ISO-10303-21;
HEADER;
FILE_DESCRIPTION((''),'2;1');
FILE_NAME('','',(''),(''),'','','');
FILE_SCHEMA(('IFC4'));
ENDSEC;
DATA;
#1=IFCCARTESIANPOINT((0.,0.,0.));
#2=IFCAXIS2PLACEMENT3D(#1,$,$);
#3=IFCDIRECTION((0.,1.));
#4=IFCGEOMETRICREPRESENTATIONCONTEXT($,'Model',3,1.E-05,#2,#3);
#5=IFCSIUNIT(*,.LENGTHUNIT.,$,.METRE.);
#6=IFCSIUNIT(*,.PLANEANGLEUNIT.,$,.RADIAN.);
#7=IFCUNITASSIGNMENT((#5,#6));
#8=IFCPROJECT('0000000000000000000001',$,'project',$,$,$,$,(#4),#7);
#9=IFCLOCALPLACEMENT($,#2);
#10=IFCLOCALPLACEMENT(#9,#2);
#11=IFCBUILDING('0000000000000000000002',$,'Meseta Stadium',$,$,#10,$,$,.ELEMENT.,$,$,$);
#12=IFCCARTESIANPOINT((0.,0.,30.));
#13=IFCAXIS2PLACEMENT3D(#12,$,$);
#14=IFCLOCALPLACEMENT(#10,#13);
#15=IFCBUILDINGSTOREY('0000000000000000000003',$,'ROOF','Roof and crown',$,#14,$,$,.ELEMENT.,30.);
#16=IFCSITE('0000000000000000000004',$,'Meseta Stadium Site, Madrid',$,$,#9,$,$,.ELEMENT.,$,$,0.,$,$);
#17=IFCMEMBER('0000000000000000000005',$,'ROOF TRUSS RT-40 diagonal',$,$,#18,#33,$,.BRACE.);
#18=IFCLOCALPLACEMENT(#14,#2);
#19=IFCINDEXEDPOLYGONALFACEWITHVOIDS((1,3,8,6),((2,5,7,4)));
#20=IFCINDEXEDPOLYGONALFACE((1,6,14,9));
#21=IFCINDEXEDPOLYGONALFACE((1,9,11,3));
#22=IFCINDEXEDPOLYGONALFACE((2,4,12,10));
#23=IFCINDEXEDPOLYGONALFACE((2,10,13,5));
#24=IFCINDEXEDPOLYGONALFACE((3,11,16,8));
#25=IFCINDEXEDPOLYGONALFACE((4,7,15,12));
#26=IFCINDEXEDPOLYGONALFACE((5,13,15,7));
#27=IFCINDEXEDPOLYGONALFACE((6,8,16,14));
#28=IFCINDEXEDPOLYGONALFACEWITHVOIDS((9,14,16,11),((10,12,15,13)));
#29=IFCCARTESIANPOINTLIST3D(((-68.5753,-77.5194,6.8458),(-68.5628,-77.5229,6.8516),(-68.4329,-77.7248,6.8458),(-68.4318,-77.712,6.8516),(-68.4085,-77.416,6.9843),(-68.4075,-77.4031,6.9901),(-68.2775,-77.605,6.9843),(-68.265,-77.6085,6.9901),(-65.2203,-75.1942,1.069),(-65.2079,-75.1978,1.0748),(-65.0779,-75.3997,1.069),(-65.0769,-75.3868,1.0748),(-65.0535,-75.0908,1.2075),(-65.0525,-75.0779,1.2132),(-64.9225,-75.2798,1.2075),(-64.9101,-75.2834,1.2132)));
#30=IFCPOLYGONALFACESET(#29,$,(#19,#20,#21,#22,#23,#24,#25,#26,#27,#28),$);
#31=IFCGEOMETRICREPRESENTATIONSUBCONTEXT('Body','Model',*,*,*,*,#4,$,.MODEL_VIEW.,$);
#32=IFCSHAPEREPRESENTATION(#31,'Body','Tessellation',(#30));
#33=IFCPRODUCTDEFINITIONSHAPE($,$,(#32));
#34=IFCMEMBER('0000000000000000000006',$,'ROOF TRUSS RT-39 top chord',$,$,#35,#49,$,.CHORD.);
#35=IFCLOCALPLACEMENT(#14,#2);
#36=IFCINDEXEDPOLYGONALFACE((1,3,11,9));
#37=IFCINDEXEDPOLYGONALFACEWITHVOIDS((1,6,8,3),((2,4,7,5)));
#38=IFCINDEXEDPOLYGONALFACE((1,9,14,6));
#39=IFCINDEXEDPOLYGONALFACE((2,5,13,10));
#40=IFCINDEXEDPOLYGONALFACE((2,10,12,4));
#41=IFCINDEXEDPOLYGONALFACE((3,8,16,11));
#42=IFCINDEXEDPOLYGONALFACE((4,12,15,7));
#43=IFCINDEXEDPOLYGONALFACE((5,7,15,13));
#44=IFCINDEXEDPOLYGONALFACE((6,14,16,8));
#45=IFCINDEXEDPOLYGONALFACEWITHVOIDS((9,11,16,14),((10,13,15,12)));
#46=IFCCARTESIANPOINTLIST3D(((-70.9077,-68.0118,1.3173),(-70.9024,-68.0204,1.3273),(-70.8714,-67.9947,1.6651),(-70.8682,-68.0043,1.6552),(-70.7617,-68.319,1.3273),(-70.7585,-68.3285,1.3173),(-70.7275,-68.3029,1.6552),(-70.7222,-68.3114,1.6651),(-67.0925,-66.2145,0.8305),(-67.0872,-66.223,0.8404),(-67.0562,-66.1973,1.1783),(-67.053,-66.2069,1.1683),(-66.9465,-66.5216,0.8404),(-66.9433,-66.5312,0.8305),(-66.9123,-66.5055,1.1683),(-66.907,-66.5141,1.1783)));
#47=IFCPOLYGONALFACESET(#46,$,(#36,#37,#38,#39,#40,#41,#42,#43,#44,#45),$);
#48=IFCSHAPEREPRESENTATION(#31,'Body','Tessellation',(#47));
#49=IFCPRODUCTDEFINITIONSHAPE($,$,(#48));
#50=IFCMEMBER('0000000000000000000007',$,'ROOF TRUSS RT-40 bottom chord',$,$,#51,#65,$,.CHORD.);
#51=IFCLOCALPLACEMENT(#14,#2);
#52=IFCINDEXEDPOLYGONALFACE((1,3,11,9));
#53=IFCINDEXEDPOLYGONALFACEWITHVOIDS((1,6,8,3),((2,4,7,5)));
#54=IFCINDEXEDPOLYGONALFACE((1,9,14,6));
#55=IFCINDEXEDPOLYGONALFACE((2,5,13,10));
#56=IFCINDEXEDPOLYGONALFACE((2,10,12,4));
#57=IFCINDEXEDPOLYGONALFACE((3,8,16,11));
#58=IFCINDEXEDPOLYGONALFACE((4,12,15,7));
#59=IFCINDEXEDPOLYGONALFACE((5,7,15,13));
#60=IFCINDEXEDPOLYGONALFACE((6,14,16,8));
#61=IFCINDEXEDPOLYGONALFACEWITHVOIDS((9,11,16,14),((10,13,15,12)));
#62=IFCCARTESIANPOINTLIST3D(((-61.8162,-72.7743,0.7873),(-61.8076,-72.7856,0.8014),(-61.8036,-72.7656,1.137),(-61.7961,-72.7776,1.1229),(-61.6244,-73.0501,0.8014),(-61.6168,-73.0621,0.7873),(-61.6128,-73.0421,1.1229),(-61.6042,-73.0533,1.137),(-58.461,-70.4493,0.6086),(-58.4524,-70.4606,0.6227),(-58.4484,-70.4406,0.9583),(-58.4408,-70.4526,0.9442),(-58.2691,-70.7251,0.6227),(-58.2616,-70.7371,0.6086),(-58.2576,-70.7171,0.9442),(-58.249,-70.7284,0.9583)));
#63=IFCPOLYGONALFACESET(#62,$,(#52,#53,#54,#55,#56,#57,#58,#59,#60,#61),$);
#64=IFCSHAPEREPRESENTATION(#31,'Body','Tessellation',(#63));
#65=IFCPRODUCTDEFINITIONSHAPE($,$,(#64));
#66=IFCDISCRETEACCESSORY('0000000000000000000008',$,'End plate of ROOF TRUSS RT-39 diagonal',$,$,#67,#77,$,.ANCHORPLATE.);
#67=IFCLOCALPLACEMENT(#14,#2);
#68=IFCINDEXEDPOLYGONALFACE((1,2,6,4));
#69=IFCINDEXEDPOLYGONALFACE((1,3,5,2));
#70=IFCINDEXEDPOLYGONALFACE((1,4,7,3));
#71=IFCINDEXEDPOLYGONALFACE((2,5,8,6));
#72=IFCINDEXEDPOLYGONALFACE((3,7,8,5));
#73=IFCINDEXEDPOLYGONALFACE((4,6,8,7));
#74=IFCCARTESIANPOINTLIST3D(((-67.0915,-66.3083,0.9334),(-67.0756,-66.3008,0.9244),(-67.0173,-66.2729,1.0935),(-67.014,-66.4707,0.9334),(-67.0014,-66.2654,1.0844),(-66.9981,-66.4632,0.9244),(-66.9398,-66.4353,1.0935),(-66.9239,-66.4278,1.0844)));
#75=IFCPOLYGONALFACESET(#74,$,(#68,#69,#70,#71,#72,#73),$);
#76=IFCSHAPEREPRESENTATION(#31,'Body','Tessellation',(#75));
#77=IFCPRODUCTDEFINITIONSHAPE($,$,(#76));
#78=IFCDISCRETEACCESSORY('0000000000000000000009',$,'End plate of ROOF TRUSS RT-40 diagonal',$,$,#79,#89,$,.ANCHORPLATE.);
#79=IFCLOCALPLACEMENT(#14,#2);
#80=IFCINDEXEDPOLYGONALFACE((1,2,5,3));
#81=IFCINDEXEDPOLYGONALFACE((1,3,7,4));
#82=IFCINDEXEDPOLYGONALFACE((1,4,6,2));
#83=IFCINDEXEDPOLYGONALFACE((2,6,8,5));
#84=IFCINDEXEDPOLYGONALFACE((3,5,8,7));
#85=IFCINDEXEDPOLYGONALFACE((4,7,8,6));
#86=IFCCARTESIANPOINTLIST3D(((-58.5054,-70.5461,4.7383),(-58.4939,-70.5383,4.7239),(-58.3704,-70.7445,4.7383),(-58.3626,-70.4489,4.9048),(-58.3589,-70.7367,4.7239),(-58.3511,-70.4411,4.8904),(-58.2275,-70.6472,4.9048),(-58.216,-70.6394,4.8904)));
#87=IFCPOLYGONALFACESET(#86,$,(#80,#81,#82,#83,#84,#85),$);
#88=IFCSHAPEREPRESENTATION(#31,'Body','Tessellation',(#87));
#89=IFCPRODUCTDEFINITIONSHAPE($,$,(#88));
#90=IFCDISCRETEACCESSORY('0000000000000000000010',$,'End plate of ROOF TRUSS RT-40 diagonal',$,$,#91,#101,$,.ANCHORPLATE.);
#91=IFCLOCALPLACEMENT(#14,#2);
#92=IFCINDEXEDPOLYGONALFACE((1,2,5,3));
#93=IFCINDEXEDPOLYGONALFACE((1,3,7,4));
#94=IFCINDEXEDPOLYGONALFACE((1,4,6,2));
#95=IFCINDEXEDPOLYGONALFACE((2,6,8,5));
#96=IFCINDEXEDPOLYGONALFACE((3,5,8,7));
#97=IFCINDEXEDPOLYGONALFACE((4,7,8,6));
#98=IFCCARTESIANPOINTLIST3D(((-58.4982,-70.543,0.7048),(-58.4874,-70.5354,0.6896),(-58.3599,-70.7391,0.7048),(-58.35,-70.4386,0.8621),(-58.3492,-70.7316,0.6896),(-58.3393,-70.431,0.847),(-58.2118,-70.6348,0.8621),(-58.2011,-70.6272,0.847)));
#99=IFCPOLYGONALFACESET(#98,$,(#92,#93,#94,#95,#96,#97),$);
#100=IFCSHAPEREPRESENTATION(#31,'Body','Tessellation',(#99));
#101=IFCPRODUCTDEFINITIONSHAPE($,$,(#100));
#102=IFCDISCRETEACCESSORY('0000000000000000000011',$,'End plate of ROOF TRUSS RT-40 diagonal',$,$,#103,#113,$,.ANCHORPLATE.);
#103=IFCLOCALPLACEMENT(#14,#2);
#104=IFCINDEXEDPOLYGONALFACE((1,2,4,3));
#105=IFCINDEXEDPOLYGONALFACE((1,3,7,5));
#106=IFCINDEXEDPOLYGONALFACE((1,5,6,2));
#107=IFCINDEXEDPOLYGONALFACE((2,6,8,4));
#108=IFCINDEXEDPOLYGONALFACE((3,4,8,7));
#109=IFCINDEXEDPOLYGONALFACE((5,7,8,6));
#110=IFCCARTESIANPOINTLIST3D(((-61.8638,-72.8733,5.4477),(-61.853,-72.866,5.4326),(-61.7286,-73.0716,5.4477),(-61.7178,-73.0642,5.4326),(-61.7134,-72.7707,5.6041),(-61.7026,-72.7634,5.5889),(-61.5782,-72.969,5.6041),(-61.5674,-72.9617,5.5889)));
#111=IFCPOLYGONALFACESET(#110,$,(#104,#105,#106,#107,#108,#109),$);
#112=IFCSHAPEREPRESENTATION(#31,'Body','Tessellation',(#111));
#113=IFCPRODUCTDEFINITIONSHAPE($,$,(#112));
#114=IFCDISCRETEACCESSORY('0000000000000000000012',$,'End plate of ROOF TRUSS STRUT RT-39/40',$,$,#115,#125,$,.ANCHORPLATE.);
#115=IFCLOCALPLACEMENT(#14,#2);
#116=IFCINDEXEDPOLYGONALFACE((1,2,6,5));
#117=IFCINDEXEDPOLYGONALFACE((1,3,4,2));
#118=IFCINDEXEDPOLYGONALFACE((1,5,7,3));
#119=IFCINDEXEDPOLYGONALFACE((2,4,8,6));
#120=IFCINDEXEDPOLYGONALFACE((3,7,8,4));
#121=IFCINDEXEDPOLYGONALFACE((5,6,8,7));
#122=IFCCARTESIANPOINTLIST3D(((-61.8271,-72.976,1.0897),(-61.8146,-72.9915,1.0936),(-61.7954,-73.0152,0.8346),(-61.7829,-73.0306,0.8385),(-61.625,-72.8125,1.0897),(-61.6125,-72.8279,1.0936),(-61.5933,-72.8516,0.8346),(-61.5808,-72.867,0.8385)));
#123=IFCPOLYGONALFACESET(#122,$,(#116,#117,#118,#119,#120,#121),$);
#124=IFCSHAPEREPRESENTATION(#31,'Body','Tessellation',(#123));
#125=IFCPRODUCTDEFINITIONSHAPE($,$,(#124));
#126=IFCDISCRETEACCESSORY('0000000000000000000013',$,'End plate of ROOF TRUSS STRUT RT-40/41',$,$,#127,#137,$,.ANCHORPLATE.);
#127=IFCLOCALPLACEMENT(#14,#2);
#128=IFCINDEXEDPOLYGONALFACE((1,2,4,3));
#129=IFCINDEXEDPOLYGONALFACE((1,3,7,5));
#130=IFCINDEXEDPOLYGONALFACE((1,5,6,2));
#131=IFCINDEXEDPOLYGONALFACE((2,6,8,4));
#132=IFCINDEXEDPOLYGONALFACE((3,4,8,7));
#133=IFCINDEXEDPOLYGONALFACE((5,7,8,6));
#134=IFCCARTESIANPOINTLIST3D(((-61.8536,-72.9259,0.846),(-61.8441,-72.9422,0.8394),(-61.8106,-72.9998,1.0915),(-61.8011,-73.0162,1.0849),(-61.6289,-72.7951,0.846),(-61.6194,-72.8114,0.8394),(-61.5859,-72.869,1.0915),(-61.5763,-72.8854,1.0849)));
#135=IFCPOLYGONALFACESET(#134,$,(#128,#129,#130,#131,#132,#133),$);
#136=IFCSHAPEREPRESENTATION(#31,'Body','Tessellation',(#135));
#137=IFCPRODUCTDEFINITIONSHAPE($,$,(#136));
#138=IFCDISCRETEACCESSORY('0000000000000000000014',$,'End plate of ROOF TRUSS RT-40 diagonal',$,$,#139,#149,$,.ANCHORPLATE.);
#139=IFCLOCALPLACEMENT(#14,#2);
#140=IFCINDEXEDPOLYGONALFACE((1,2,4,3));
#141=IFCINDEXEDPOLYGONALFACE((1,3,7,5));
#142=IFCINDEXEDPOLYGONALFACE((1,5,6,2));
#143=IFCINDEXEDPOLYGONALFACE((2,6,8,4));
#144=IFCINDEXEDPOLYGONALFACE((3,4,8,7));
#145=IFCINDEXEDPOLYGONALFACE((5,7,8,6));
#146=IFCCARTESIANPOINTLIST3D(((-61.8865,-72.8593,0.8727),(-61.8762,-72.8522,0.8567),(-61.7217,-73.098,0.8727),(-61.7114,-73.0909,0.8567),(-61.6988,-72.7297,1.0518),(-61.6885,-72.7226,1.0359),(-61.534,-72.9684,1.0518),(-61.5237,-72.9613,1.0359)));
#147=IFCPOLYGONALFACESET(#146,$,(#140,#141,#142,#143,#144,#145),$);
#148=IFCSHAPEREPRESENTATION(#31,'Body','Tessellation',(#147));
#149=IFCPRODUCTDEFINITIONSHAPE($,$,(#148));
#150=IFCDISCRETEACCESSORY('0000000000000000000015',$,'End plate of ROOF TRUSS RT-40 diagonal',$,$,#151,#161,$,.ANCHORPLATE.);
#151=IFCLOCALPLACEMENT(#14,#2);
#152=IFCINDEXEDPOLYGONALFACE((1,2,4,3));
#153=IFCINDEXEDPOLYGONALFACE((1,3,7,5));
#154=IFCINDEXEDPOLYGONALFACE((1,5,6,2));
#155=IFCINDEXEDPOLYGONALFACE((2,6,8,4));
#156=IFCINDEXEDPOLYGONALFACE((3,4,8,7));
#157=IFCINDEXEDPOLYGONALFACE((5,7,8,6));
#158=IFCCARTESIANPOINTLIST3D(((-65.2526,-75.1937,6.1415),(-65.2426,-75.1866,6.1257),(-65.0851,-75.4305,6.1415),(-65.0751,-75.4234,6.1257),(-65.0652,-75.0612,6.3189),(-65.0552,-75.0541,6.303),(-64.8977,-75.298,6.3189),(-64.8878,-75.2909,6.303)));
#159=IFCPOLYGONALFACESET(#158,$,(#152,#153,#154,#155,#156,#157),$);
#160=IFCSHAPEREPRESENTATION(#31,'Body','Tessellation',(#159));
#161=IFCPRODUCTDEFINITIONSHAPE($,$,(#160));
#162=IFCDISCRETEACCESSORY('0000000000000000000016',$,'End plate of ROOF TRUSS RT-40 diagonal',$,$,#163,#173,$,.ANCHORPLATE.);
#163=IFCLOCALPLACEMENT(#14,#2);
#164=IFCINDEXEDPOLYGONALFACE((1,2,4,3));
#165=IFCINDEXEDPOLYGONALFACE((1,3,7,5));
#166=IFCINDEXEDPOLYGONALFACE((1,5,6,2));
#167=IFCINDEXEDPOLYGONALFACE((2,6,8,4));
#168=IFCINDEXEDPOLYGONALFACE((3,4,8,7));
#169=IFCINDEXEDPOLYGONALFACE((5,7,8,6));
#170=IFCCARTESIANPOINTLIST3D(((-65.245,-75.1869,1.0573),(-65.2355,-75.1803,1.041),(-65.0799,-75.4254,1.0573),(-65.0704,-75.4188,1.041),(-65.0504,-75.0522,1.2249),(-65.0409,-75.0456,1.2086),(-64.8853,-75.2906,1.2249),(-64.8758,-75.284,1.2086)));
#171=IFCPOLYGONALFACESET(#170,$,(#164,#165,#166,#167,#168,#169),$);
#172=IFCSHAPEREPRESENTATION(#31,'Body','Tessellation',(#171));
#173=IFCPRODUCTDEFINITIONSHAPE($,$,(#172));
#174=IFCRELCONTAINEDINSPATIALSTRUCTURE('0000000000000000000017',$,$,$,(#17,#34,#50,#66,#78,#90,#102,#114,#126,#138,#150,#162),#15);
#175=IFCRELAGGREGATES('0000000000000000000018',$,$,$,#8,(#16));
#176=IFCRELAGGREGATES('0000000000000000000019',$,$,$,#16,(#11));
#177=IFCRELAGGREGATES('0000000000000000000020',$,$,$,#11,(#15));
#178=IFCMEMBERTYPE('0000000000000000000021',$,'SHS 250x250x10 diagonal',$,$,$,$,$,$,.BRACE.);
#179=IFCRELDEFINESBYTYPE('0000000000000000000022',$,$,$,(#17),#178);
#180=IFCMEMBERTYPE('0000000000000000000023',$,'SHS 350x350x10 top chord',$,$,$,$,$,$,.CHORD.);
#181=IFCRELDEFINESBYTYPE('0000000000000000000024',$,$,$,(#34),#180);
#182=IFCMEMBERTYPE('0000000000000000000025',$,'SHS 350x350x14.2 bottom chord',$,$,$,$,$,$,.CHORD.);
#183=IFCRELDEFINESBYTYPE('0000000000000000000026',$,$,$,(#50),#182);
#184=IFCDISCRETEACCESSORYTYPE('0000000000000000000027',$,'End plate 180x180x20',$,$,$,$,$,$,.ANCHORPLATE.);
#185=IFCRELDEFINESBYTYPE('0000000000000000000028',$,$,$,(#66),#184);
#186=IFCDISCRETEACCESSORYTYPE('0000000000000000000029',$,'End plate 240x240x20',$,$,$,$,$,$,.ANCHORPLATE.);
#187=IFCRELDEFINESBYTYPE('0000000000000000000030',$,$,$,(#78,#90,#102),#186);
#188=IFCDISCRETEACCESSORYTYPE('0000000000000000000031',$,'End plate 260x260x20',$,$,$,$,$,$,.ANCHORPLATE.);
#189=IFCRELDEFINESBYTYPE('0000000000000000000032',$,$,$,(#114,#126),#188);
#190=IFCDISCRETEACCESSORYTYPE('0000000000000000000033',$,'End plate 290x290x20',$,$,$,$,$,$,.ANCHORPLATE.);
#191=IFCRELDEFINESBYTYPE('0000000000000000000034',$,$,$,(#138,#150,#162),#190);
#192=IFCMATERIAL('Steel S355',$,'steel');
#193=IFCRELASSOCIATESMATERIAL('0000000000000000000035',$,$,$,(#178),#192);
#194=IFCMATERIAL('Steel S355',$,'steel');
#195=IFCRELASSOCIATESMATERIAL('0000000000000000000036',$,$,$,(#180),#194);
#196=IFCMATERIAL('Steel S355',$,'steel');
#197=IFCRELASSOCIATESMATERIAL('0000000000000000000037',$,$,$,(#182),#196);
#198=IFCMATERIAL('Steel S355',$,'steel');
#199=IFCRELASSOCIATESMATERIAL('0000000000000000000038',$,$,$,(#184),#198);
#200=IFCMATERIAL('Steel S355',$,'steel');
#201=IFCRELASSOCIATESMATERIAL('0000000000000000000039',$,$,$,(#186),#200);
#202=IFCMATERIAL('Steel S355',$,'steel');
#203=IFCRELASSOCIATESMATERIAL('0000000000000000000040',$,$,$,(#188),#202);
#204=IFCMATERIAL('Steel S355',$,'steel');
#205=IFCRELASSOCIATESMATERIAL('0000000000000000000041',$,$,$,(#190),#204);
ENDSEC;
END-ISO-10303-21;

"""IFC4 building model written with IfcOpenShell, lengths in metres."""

from ifc_helpers import new_model, si_unit, direction, frame, origin, origin_2d, place, context, subcontext, project, spatial, rectangle, hollow_rectangle, extrude, material, material_profile, profile_set, type_object, element, save


model = new_model("IFC4")

# Units and contexts
model_context = context("Model", 3, precision=1e-05, world=origin(), true_north=direction((0.0, 1.0)))
body_context = subcontext(model_context, "Body", "Model", "MODEL_VIEW")
ifc_project = project(units=[si_unit("LENGTHUNIT", "METRE"), si_unit("PLANEANGLEUNIT", "RADIAN")], contexts=[model_context])

# Site, building, storey
site_placement = place(None, origin())
site = spatial("IfcSite", under=ifc_project, at=site_placement, Name="Meseta Stadium Site, Madrid", CompositionType="ELEMENT", RefElevation=0.0)
building_placement = place(site_placement, origin())
building = spatial("IfcBuilding", under=site, at=building_placement, Name="Meseta Stadium", CompositionType="ELEMENT")
storey_placement = place(building_placement, frame((0.0, 0.0, 30.0)))
storey = spatial("IfcBuildingStorey", under=building, at=storey_placement, Name="ROOF", Description="Roof and crown", CompositionType="ELEMENT", Elevation=30.0)

# Members
ifc_material_1 = material(Name="Steel S355", Category="steel")
ifc_material_profile_1 = material_profile(ifc_material_1, hollow_rectangle(XDim=0.25, YDim=0.25, WallThickness=0.01, at=origin_2d()), Name="SHS 250x250x10")
ifc_profile_set_1 = profile_set([ifc_material_profile_1], Name="Steel S355")
member_type_1 = type_object("IfcMemberType", Name="SHS 250x250x10 diagonal", PredefinedType="BRACE", material=ifc_profile_set_1)
member_1_placement = place(storey_placement, frame((-65.0652, -75.2388, 1.1411), z_axis=(-0.474302, -0.328719, 0.816689), x_axis=(0.569627, -0.821904, 0.0)))
element("IfcMember", 1, at=member_1_placement, inside=storey, type_object=member_type_1, Name="ROOF TRUSS RT-40 diagonal", PredefinedType="BRACE", context=body_context, shape_type="SweptSolid", body=[
    extrude(hollow_rectangle(XDim=0.25, YDim=0.25, WallThickness=0.01, at=origin_2d()), origin(), (0.0, 0.0, 1.0), 7.0735),
])
ifc_material_2 = material(Name="Steel S355", Category="steel")
ifc_material_profile_2 = material_profile(ifc_material_2, hollow_rectangle(XDim=0.3501, YDim=0.3501, WallThickness=0.01, at=origin_2d()), Name="SHS 350x350x10")
ifc_profile_set_2 = profile_set([ifc_material_profile_2], Name="Steel S355")
member_type_2 = type_object("IfcMemberType", Name="SHS 350x350x10 top chord", PredefinedType="CHORD", material=ifc_profile_set_2)
member_2_placement = place(storey_placement, frame((-66.9998, -66.3643, 1.0044), z_axis=(-0.89867, -0.42337, 0.11467), x_axis=(0.426182, -0.904638, 0.0)))
element("IfcMember", 2, at=member_2_placement, inside=storey, type_object=member_type_2, Name="ROOF TRUSS RT-39 top chord", PredefinedType="CHORD", context=body_context, shape_type="SweptSolid", body=[
    extrude(hollow_rectangle(XDim=0.3501, YDim=0.3501, WallThickness=0.01, at=origin_2d()), origin(), (0.0, 0.0, 1.0), 4.2454),
])
ifc_material_3 = material(Name="Steel S355", Category="steel")
ifc_material_profile_3 = material_profile(ifc_material_3, hollow_rectangle(XDim=0.3501, YDim=0.3501, WallThickness=0.0142, at=origin_2d()), Name="SHS 350x350x14.2")
ifc_profile_set_3 = profile_set([ifc_material_profile_3], Name="Steel S355")
member_type_3 = type_object("IfcMemberType", Name="SHS 350x350x14.2 bottom chord", PredefinedType="CHORD", material=ifc_profile_set_3)
member_3_placement = place(storey_placement, frame((-58.355, -70.5889, 0.7834), z_axis=(-0.821164, -0.569013, 0.043738), x_axis=(0.569558, -0.821951, 0.0)))
element("IfcMember", 3, at=member_3_placement, inside=storey, type_object=member_type_3, Name="ROOF TRUSS RT-40 bottom chord", PredefinedType="CHORD", context=body_context, shape_type="SweptSolid", body=[
    extrude(hollow_rectangle(XDim=0.3501, YDim=0.3501, WallThickness=0.0142, at=origin_2d()), origin(), (0.0, 0.0, 1.0), 4.0859),
])

# Discrete accessories
ifc_material_4 = material(Name="Steel S355", Category="steel")
ifc_material_profile_4 = material_profile(ifc_material_4, rectangle(XDim=0.1799, YDim=0.1799, at=origin_2d()), Name="PL 180x180")
ifc_profile_set_4 = profile_set([ifc_material_profile_4], Name="Steel S355")
discrete_accessory_type_1 = type_object("IfcDiscreteAccessoryType", Name="End plate 180x180x20", PredefinedType="ANCHORPLATE", material=ifc_profile_set_4)
discrete_accessory_1_placement = place(storey_placement, frame((-66.9998, -66.3643, 1.0044), z_axis=(-0.802836, -0.382891, 0.456999), x_axis=(0.430473, -0.902604, 0.0)))
element("IfcDiscreteAccessory", 4, at=discrete_accessory_1_placement, inside=storey, type_object=discrete_accessory_type_1, Name="End plate of ROOF TRUSS RT-39 diagonal", PredefinedType="ANCHORPLATE", context=body_context, shape_type="SweptSolid", body=[
    extrude(rectangle(XDim=0.1799, YDim=0.1799, at=origin_2d()), origin(), (0.0, 0.0, 1.0), 0.0198),
])
ifc_material_5 = material(Name="Steel S355", Category="steel")
ifc_material_profile_5 = material_profile(ifc_material_5, rectangle(XDim=0.24, YDim=0.24, at=origin_2d()), Name="PL 240x240")
ifc_profile_set_5 = profile_set([ifc_material_profile_5], Name="Steel S355")
discrete_accessory_type_2 = type_object("IfcDiscreteAccessoryType", Name="End plate 240x240x20", PredefinedType="ANCHORPLATE", material=ifc_profile_set_5)
for number, where, z_axis, x_axis, name in (
    (5, (-58.355, -70.5889, 4.8071), (-0.573597, -0.390534, 0.720048), (0.562791, -0.826599, 0.0), "End plate of ROOF TRUSS RT-40 diagonal"),
    (6, (-58.3442, -70.5813, 0.7683), (-0.535908, -0.377572, 0.755144), (0.575954, -0.817482, 0.0), "End plate of ROOF TRUSS RT-40 diagonal"),
    (7, (-61.7102, -72.9138, 5.5107), (-0.53835, -0.367057, 0.758584), (0.563337, -0.826227, 0.0), "End plate of ROOF TRUSS RT-40 diagonal"),
):
    element("IfcDiscreteAccessory", number, at=place(storey_placement, frame(where, z_axis=z_axis, x_axis=x_axis)), inside=storey, type_object=discrete_accessory_type_2, Name=name, PredefinedType="ANCHORPLATE", context=body_context, shape_type="SweptSolid", body=[
        extrude(rectangle(XDim=0.24, YDim=0.24, at=origin_2d()), origin(), (0.0, 0.0, 1.0), 0.02),
    ])
ifc_material_6 = material(Name="Steel S355", Category="steel")
ifc_material_profile_6 = material_profile(ifc_material_6, rectangle(XDim=0.26, YDim=0.26, at=origin_2d()), Name="PL 260x260")
ifc_profile_set_6 = profile_set([ifc_material_profile_6], Name="Steel S355")
discrete_accessory_type_3 = type_object("IfcDiscreteAccessoryType", Name="End plate 260x260x20", PredefinedType="ANCHORPLATE", material=ifc_profile_set_6)
discrete_accessory_2_placement = place(storey_placement, frame((-61.7102, -72.9138, 0.9622), z_axis=(0.617287, -0.762531, 0.193659), x_axis=(0.777245, 0.629198, 0.0)))
element("IfcDiscreteAccessory", 8, at=discrete_accessory_2_placement, inside=storey, type_object=discrete_accessory_type_3, Name="End plate of ROOF TRUSS STRUT RT-39/40", PredefinedType="ANCHORPLATE", context=body_context, shape_type="SweptSolid", body=[
    extrude(rectangle(XDim=0.26, YDim=0.26, at=origin_2d()), origin(), (0.0, 0.0, 1.0), 0.0203),
])
discrete_accessory_3_placement = place(storey_placement, frame((-61.7197, -72.8975, 0.9688), z_axis=(0.47508, -0.816163, -0.328902), x_axis=(0.864246, 0.503069, 0.0)))
element("IfcDiscreteAccessory", 9, at=discrete_accessory_3_placement, inside=storey, type_object=discrete_accessory_type_3, Name="End plate of ROOF TRUSS STRUT RT-40/41", PredefinedType="ANCHORPLATE", context=body_context, shape_type="SweptSolid", body=[
    extrude(rectangle(XDim=0.26, YDim=0.26, at=origin_2d()), origin(), (0.0, 0.0, 1.0), 0.02),
])
ifc_material_7 = material(Name="Steel S355", Category="steel")
ifc_material_profile_7 = material_profile(ifc_material_7, rectangle(XDim=0.29, YDim=0.29, at=origin_2d()), Name="PL 290x290")
ifc_profile_set_7 = profile_set([ifc_material_profile_7], Name="Steel S355")
discrete_accessory_type_4 = type_object("IfcDiscreteAccessoryType", Name="End plate 290x290x20", PredefinedType="ANCHORPLATE", material=ifc_profile_set_7)
discrete_accessory_4_placement = place(storey_placement, frame((-61.7, -72.9067, 0.9463), z_axis=(-0.508205, -0.350903, 0.786508), x_axis=(0.568191, -0.822897, 0.0)))
element("IfcDiscreteAccessory", 10, at=discrete_accessory_4_placement, inside=storey, type_object=discrete_accessory_type_4, Name="End plate of ROOF TRUSS RT-40 diagonal", PredefinedType="ANCHORPLATE", context=body_context, shape_type="SweptSolid", body=[
    extrude(rectangle(XDim=0.29, YDim=0.29, at=origin_2d()), origin(), (0.0, 0.0, 1.0), 0.0203),
])
for number, where, z_axis, x_axis, name in (
    (11, (-65.0652, -75.2388, 6.2144), (-0.499147, -0.353055, 0.791331), (0.577465, -0.816416, 0.0), "End plate of ROOF TRUSS RT-40 diagonal"),
    (12, (-65.0557, -75.2322, 1.1248), (-0.47508, -0.328902, 0.816163), (0.56921, -0.822192, 0.0), "End plate of ROOF TRUSS RT-40 diagonal"),
):
    element("IfcDiscreteAccessory", number, at=place(storey_placement, frame(where, z_axis=z_axis, x_axis=x_axis)), inside=storey, type_object=discrete_accessory_type_4, Name=name, PredefinedType="ANCHORPLATE", context=body_context, shape_type="SweptSolid", body=[
        extrude(rectangle(XDim=0.29, YDim=0.29, at=origin_2d()), origin(), (0.0, 0.0, 1.0), 0.02),
    ])

save(model, "model.ifc")
